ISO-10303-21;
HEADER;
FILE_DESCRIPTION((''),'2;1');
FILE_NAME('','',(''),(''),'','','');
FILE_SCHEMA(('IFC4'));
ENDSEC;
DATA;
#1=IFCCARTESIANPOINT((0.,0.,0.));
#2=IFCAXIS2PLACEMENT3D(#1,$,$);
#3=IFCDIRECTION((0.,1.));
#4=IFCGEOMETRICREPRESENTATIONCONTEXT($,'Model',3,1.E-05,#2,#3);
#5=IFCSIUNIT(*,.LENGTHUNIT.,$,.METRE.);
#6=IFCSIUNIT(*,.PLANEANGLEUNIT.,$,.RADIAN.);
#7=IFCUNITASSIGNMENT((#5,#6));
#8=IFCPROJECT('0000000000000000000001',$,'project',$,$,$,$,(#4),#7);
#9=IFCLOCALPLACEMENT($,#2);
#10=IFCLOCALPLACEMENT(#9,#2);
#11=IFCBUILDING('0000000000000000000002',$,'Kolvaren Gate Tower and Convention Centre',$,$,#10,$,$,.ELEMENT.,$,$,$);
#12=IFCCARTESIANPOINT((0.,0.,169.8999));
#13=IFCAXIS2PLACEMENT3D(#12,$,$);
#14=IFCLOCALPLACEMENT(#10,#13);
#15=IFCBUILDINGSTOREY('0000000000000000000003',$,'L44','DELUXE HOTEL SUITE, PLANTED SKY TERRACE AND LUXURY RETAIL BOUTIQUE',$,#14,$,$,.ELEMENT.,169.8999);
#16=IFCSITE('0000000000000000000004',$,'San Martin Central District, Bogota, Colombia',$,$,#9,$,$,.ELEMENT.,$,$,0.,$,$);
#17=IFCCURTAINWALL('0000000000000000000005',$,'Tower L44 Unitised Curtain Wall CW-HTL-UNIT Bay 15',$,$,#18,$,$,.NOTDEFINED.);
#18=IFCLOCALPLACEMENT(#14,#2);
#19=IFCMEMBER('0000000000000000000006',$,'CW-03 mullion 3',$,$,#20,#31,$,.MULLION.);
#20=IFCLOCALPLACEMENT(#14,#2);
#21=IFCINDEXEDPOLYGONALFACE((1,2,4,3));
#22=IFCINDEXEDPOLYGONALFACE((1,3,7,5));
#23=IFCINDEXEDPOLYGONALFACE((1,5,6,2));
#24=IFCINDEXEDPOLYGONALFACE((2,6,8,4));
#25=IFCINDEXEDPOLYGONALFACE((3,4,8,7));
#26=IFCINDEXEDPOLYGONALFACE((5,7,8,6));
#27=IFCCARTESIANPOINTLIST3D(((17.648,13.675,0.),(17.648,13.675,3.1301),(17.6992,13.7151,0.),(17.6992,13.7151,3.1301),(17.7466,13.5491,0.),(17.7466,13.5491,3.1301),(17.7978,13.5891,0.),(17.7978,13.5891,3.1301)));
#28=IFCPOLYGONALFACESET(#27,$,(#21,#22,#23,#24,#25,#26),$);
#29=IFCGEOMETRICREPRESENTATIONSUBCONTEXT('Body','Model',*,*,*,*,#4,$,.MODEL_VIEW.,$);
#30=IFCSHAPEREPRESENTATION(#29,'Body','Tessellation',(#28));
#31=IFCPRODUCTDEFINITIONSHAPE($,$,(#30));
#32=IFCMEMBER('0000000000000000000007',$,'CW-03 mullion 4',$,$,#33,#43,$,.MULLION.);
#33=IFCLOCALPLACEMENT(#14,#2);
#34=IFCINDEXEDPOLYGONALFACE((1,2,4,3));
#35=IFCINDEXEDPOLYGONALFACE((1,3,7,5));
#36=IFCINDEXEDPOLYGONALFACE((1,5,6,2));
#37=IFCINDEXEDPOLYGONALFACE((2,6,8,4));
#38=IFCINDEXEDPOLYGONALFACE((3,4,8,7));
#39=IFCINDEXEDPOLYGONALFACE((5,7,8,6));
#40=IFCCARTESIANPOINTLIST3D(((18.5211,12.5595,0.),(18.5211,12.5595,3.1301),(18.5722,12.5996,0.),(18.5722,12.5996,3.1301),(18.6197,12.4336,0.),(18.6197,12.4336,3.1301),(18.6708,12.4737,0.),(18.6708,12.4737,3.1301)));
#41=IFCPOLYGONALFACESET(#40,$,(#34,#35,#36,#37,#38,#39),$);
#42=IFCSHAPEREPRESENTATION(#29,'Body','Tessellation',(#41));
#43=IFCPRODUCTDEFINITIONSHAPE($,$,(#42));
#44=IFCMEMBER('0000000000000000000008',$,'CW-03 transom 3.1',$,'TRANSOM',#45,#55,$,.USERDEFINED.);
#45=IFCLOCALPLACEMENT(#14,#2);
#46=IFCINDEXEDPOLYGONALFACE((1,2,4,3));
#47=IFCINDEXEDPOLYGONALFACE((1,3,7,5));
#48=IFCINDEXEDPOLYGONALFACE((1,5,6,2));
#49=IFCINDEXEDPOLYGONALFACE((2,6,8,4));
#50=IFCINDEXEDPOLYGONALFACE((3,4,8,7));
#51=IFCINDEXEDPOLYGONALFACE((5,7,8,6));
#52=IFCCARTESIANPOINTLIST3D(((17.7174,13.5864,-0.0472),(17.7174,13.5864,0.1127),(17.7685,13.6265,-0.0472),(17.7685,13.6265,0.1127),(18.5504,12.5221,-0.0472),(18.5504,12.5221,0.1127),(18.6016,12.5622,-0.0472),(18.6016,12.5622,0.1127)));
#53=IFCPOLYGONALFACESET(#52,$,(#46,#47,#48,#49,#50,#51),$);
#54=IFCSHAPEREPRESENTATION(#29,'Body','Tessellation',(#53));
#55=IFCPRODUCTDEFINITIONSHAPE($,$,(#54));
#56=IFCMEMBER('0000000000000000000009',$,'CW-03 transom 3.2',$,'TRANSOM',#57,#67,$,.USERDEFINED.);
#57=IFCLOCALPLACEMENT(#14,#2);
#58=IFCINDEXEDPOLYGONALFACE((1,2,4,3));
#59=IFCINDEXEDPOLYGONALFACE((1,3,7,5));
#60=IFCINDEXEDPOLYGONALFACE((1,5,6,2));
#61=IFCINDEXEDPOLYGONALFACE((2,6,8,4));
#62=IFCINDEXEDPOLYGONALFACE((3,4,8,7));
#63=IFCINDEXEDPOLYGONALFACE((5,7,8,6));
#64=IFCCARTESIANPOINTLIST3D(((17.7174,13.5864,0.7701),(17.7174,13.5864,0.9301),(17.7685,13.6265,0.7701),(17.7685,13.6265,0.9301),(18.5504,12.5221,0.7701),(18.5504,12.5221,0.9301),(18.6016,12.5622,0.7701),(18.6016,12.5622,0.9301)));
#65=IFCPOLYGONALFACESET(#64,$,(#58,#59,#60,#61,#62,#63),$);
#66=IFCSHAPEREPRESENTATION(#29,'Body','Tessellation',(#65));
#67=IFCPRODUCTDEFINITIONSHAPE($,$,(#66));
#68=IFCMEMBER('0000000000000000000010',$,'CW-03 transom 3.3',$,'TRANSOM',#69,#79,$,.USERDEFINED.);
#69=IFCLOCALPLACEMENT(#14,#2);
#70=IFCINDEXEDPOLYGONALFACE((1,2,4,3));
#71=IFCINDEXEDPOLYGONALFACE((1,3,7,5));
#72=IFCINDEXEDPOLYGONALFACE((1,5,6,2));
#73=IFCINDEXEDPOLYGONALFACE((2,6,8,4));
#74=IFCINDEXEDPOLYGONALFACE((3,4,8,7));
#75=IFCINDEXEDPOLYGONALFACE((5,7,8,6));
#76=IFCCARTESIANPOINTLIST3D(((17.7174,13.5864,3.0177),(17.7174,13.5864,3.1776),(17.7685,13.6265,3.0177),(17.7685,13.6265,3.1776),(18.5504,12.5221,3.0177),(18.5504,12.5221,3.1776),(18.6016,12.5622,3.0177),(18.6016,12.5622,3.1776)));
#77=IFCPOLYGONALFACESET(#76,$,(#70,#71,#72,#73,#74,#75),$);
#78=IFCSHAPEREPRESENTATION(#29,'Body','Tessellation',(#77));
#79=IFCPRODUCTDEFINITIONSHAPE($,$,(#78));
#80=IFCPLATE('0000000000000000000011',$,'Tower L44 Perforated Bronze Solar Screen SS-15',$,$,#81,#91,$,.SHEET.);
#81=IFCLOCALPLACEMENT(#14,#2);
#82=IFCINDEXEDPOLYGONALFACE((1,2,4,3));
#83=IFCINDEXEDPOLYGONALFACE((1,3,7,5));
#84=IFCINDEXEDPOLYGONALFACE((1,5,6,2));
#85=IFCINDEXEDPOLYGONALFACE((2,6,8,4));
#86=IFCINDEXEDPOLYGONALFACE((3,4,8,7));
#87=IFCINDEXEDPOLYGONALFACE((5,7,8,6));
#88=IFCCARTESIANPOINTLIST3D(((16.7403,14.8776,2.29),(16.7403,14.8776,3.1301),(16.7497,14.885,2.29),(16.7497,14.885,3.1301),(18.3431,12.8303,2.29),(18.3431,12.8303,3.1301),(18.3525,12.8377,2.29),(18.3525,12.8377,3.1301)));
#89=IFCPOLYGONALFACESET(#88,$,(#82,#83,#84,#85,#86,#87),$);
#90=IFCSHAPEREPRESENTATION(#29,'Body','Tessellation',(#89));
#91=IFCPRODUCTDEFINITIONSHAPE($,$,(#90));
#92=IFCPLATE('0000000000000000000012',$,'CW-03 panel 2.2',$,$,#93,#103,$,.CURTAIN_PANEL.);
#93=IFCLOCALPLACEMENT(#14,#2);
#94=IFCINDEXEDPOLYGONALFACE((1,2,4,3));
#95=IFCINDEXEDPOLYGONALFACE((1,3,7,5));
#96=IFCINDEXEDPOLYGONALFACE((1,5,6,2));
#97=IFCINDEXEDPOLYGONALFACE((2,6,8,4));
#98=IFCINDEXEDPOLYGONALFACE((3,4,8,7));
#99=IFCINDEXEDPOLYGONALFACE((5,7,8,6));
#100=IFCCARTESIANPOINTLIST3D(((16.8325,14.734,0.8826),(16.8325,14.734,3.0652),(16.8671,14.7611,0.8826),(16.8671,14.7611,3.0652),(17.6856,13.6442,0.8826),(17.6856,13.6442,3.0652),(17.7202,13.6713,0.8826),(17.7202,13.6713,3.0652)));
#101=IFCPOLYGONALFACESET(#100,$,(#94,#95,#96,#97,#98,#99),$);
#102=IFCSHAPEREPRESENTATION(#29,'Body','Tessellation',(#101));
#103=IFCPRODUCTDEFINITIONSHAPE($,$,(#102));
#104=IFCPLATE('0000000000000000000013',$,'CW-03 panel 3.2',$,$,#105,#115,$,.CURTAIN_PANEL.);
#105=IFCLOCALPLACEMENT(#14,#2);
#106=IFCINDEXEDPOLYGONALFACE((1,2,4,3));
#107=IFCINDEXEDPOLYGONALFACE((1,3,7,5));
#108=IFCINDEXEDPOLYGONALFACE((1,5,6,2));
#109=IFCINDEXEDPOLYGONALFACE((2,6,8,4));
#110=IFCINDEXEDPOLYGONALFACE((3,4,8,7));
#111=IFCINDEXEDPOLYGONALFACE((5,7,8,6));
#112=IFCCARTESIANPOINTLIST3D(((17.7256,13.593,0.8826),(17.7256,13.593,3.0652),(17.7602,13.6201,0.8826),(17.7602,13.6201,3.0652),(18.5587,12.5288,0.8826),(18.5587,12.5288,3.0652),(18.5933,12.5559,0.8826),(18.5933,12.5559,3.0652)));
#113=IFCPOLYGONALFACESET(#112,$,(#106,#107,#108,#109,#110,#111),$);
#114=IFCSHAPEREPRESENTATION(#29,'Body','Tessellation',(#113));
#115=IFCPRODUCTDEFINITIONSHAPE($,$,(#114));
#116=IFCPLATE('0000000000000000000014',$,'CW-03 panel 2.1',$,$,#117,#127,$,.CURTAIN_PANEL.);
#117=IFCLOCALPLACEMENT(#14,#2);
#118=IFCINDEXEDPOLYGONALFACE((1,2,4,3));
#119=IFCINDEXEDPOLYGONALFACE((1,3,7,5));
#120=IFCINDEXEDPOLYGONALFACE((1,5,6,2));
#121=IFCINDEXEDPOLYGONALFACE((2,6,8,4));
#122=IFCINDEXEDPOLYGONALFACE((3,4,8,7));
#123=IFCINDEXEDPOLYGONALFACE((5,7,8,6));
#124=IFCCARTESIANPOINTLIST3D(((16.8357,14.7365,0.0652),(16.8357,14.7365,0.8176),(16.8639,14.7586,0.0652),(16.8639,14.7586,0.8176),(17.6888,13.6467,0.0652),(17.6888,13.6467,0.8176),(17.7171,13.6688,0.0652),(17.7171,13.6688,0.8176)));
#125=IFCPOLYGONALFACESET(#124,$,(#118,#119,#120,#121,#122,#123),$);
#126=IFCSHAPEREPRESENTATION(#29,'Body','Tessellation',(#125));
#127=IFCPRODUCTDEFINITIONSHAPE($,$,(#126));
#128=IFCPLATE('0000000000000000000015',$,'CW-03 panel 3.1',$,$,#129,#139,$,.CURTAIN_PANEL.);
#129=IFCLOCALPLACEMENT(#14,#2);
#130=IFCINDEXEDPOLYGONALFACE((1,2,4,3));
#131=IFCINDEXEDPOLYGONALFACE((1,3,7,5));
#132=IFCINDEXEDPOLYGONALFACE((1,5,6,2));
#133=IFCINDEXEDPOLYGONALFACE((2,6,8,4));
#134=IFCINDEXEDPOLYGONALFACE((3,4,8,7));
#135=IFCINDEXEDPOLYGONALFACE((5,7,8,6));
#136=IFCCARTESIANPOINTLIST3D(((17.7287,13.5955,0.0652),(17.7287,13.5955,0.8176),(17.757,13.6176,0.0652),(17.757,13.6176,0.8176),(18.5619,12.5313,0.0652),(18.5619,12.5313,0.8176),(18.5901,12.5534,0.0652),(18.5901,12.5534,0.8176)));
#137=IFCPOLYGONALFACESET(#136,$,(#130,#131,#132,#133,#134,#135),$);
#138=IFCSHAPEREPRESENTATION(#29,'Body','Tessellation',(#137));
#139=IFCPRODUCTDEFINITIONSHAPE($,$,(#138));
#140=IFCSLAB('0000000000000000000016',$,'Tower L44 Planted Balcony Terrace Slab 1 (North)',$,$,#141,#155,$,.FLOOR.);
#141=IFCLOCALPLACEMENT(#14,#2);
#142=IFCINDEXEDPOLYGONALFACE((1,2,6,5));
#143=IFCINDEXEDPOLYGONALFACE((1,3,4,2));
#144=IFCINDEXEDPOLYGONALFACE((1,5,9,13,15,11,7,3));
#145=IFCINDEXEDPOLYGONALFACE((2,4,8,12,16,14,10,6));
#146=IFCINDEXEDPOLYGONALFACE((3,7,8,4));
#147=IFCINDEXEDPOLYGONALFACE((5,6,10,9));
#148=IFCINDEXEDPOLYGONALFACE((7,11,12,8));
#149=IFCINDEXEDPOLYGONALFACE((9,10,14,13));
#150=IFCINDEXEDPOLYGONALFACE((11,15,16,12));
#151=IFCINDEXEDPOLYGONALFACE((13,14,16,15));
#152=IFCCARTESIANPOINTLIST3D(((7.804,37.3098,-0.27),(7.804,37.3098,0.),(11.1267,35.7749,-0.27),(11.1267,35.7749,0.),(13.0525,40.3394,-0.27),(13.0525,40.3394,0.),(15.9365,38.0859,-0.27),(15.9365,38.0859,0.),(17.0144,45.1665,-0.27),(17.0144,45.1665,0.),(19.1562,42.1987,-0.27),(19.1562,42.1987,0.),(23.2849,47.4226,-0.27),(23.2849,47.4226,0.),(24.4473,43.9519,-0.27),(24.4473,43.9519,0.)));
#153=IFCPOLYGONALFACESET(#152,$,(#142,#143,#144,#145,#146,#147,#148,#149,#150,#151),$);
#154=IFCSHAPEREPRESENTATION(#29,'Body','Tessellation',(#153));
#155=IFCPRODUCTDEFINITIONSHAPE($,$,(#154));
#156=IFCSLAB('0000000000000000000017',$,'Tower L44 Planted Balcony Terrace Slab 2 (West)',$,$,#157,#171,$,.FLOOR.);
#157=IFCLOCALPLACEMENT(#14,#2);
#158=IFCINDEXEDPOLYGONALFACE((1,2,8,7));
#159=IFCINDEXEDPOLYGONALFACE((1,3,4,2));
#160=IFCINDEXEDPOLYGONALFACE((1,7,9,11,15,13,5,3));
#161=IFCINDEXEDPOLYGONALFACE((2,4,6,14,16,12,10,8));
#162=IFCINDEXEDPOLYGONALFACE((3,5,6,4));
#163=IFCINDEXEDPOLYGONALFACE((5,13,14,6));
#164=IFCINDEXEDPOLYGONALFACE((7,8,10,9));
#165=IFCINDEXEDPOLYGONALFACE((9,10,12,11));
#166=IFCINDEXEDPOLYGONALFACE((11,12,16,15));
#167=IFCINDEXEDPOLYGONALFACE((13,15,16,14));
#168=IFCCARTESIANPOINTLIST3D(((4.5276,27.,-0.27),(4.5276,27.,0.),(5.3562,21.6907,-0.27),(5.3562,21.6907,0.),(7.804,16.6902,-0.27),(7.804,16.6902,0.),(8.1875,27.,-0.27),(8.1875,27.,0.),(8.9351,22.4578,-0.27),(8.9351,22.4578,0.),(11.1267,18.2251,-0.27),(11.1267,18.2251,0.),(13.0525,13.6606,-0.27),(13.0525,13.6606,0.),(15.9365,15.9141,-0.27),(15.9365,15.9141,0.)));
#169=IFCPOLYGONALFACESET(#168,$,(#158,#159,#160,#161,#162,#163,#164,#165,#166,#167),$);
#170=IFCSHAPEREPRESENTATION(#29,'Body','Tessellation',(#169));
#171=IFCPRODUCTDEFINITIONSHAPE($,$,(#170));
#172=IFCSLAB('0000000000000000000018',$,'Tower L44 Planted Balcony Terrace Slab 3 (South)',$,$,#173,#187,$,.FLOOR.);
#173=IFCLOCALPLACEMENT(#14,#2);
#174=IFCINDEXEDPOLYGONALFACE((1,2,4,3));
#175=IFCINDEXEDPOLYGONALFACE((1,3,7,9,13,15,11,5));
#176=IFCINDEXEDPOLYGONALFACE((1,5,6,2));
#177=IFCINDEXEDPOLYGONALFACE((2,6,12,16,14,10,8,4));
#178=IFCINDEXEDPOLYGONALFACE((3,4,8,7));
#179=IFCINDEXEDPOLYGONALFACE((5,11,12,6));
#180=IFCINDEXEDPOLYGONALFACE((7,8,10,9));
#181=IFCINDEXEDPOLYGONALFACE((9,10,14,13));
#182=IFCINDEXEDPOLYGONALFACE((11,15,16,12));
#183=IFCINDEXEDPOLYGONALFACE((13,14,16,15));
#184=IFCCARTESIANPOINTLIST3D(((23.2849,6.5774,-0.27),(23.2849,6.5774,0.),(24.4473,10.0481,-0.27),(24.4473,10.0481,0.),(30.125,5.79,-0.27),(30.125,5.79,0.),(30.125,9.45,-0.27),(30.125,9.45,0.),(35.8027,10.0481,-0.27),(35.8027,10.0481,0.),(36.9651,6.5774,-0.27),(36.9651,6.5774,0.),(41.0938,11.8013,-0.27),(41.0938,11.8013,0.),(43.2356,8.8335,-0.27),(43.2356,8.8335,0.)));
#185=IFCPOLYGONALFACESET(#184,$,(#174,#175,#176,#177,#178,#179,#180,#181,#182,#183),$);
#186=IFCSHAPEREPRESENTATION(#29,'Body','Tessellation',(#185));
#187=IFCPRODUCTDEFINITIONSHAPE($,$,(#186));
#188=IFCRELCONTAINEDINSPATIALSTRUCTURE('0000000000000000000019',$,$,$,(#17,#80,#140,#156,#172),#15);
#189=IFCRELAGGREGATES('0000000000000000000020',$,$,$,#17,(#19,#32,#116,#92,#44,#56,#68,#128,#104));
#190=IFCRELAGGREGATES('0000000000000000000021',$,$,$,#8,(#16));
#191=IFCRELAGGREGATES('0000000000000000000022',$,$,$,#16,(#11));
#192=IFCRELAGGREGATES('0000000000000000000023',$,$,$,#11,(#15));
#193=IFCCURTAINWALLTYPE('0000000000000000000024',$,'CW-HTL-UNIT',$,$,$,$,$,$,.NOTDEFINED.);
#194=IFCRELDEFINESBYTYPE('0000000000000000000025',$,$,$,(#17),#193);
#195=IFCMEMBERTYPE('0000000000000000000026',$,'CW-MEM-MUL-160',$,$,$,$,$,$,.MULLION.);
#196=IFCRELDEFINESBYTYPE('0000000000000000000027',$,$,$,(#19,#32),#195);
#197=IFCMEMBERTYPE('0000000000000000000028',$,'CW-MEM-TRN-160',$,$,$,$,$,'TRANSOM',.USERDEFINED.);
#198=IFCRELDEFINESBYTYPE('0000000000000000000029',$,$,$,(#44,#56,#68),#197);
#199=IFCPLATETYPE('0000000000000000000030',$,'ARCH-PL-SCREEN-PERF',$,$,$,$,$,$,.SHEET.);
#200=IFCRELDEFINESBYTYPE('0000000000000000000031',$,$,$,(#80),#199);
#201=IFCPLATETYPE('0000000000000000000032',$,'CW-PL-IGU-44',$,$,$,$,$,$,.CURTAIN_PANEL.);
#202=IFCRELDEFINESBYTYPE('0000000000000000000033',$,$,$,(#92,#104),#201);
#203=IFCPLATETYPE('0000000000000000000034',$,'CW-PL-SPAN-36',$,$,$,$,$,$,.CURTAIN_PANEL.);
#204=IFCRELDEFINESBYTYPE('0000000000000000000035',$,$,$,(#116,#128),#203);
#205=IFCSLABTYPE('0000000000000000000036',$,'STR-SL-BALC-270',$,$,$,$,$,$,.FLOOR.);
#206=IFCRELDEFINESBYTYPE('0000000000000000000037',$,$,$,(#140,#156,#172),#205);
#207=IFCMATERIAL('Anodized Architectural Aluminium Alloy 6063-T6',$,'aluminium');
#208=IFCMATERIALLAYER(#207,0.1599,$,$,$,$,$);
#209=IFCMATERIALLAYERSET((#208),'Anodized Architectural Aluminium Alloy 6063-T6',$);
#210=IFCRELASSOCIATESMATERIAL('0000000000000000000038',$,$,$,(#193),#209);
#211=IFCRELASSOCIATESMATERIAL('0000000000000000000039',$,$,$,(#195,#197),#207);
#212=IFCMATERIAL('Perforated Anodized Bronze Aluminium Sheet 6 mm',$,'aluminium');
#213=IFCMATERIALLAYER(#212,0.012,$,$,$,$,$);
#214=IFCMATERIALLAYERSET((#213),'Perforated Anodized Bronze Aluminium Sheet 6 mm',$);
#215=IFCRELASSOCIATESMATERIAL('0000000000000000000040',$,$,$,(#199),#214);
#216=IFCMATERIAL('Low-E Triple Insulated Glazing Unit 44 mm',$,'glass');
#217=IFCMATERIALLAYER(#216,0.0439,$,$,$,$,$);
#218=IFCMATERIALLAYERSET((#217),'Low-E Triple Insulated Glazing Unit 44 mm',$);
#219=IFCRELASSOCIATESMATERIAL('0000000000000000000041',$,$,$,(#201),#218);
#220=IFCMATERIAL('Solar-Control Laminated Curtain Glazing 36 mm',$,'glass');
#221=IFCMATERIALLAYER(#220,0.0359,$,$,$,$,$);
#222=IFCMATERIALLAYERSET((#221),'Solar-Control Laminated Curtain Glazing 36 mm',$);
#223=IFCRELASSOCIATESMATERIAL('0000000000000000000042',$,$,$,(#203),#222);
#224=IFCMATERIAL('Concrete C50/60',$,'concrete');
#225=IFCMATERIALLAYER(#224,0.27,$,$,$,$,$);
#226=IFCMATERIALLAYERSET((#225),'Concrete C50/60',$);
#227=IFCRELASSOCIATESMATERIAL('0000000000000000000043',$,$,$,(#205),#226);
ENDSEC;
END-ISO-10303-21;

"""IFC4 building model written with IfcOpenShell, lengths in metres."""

from ifc_helpers import new_model, si_unit, direction, frame, origin, origin_2d, place, context, subcontext, project, spatial, polyline, rectangle, outline, extrude, material, layer, layer_set, material_profile, profile_set, type_object, element, aggregate, save


model = new_model("IFC4")

# Units and contexts
model_context = context("Model", 3, precision=1e-05, world=origin(), true_north=direction((0.0, 1.0)))
body_context = subcontext(model_context, "Body", "Model", "MODEL_VIEW")
ifc_project = project(units=[si_unit("LENGTHUNIT", "METRE"), si_unit("PLANEANGLEUNIT", "RADIAN")], contexts=[model_context])

# Site, building, storey
site_placement = place(None, origin())
site = spatial("IfcSite", under=ifc_project, at=site_placement, Name="San Martin Central District, Bogota, Colombia", CompositionType="ELEMENT", RefElevation=0.0)
building_placement = place(site_placement, origin())
building = spatial("IfcBuilding", under=site, at=building_placement, Name="Kolvaren Gate Tower and Convention Centre", CompositionType="ELEMENT")
storey_placement = place(building_placement, frame((0.0, 0.0, 169.8999)))
storey = spatial("IfcBuildingStorey", under=building, at=storey_placement, Name="L44", Description="DELUXE HOTEL SUITE, PLANTED SKY TERRACE AND LUXURY RETAIL BOUTIQUE", CompositionType="ELEMENT", Elevation=169.8999)

# Curtain wall, members
ifc_material_1 = material(Name="Anodized Architectural Aluminium Alloy 6063-T6", Category="aluminium")
ifc_layer_1 = layer(ifc_material_1, 0.1599)
ifc_layer_set_1 = layer_set([ifc_layer_1], Name="Anodized Architectural Aluminium Alloy 6063-T6")
curtain_wall_type = type_object("IfcCurtainWallType", Name="CW-HTL-UNIT", PredefinedType="NOTDEFINED", material=ifc_layer_set_1)
curtain_wall_placement = place(storey_placement, origin())
curtain_wall = element("IfcCurtainWall", 1, at=curtain_wall_placement, inside=storey, type_object=curtain_wall_type, Name="Tower L44 Unitised Curtain Wall CW-HTL-UNIT Bay 15", PredefinedType="NOTDEFINED")
ifc_material_profile_1 = material_profile(ifc_material_1, rectangle(XDim=0.0649, YDim=0.1599, at=origin_2d()), Name="CW-MEM-MUL-160")
ifc_profile_set_1 = profile_set([ifc_material_profile_1], Name="Anodized Architectural Aluminium Alloy 6063-T6")
member_type_1 = type_object("IfcMemberType", Name="CW-MEM-MUL-160", PredefinedType="MULLION", material=ifc_profile_set_1)
member_1_placement = place(storey_placement, frame((17.7229, 13.6321, 0.0), z_axis=(0.0, 0.0, 1.0), x_axis=(0.787415, 0.616424, 0.0)))
member_1 = element("IfcMember", 2, at=member_1_placement, type_object=member_type_1, Name="CW-03 mullion 3", PredefinedType="MULLION", context=body_context, shape_type="SweptSolid", body=[
    extrude(rectangle(XDim=0.0649, YDim=0.1599, at=origin_2d()), origin(), (0.0, 0.0, 1.0), 3.1301),
])
member_2_placement = place(storey_placement, frame((18.5959, 12.5166, 0.0), z_axis=(0.0, 0.0, 1.0), x_axis=(0.787415, 0.616424, 0.0)))
member_2 = element("IfcMember", 3, at=member_2_placement, type_object=member_type_1, Name="CW-03 mullion 4", PredefinedType="MULLION", context=body_context, shape_type="SweptSolid", body=[
    extrude(rectangle(XDim=0.0649, YDim=0.1599, at=origin_2d()), origin(), (0.0, 0.0, 1.0), 3.1301),
])
ifc_material_profile_2 = material_profile(ifc_material_1, rectangle(XDim=0.0649, YDim=0.1599, at=origin_2d()), Name="CW-MEM-TRN-160")
ifc_profile_set_2 = profile_set([ifc_material_profile_2], Name="Anodized Architectural Aluminium Alloy 6063-T6")
member_type_2 = type_object("IfcMemberType", Name="CW-MEM-TRN-160", ElementType="TRANSOM", PredefinedType="USERDEFINED", material=ifc_profile_set_2)
member_3_placement = place(storey_placement, frame((17.7429, 13.6064, 0.0327), z_axis=(0.616376, -0.787452, 0.0), x_axis=(0.787452, 0.616376, 0.0)))
member_3 = element("IfcMember", 4, at=member_3_placement, type_object=member_type_2, Name="CW-03 transom 3.1", ObjectType="TRANSOM", PredefinedType="USERDEFINED", context=body_context, shape_type="SweptSolid", body=[
    extrude(rectangle(XDim=0.0649, YDim=0.1599, at=origin_2d()), origin(), (0.0, 0.0, 1.0), 1.3516),
])
member_4_placement = place(storey_placement, frame((17.7429, 13.6064, 0.8501), z_axis=(0.616376, -0.787452, 0.0), x_axis=(0.787452, 0.616376, 0.0)))
member_4 = element("IfcMember", 5, at=member_4_placement, type_object=member_type_2, Name="CW-03 transom 3.2", ObjectType="TRANSOM", PredefinedType="USERDEFINED", context=body_context, shape_type="SweptSolid", body=[
    extrude(rectangle(XDim=0.0649, YDim=0.1599, at=origin_2d()), origin(), (0.0, 0.0, 1.0), 1.3516),
])
member_5_placement = place(storey_placement, frame((17.7429, 13.6064, 3.0977), z_axis=(0.616376, -0.787452, 0.0), x_axis=(0.787452, 0.616376, 0.0)))
member_5 = element("IfcMember", 6, at=member_5_placement, type_object=member_type_2, Name="CW-03 transom 3.3", ObjectType="TRANSOM", PredefinedType="USERDEFINED", context=body_context, shape_type="SweptSolid", body=[
    extrude(rectangle(XDim=0.0649, YDim=0.1599, at=origin_2d()), origin(), (0.0, 0.0, 1.0), 1.3516),
])

# Plates
ifc_material_2 = material(Name="Perforated Anodized Bronze Aluminium Sheet 6 mm", Category="aluminium")
ifc_layer_2 = layer(ifc_material_2, 0.012)
ifc_layer_set_2 = layer_set([ifc_layer_2], Name="Perforated Anodized Bronze Aluminium Sheet 6 mm")
plate_type_1 = type_object("IfcPlateType", Name="ARCH-PL-SCREEN-PERF", PredefinedType="SHEET", material=ifc_layer_set_2)
plate_1_placement = place(storey_placement, frame((17.5464, 13.8577, 2.29), z_axis=(0.0, 0.0, 1.0), x_axis=(0.616434, -0.787406, 0.0)))
element("IfcPlate", 7, at=plate_1_placement, inside=storey, type_object=plate_type_1, Name="Tower L44 Perforated Bronze Solar Screen SS-15", PredefinedType="SHEET", context=body_context, shape_type="SweptSolid", body=[
    extrude(rectangle(XDim=2.6001, YDim=0.012, at=origin_2d()), origin(), (0.0, 0.0, 1.0), 0.8401),
])
ifc_material_3 = material(Name="Low-E Triple Insulated Glazing Unit 44 mm", Category="glass")
ifc_layer_3 = layer(ifc_material_3, 0.0439)
ifc_layer_set_3 = layer_set([ifc_layer_3], Name="Low-E Triple Insulated Glazing Unit 44 mm")
plate_type_2 = type_object("IfcPlateType", Name="CW-PL-IGU-44", PredefinedType="CURTAIN_PANEL", material=ifc_layer_set_3)
plate_2_placement = place(storey_placement, frame((17.2764, 14.2026, 0.8826), z_axis=(0.0, 0.0, 1.0), x_axis=(0.616424, -0.787415, 0.0)))
plate_2 = element("IfcPlate", 8, at=plate_2_placement, type_object=plate_type_2, Name="CW-03 panel 2.2", PredefinedType="CURTAIN_PANEL", context=body_context, shape_type="SweptSolid", body=[
    extrude(rectangle(XDim=1.384, YDim=0.0439, at=origin_2d()), origin(), (0.0, 0.0, 1.0), 2.1826),
])
plate_3_placement = place(storey_placement, frame((18.1594, 13.0745, 0.8826), z_axis=(0.0, 0.0, 1.0), x_axis=(0.616424, -0.787415, 0.0)))
plate_3 = element("IfcPlate", 9, at=plate_3_placement, type_object=plate_type_2, Name="CW-03 panel 3.2", PredefinedType="CURTAIN_PANEL", context=body_context, shape_type="SweptSolid", body=[
    extrude(rectangle(XDim=1.3516, YDim=0.0439, at=origin_2d()), origin(), (0.0, 0.0, 1.0), 2.1826),
])
ifc_material_4 = material(Name="Solar-Control Laminated Curtain Glazing 36 mm", Category="glass")
ifc_layer_4 = layer(ifc_material_4, 0.0359)
ifc_layer_set_4 = layer_set([ifc_layer_4], Name="Solar-Control Laminated Curtain Glazing 36 mm")
plate_type_3 = type_object("IfcPlateType", Name="CW-PL-SPAN-36", PredefinedType="CURTAIN_PANEL", material=ifc_layer_set_4)
plate_4_placement = place(storey_placement, frame((17.2764, 14.2026, 0.0652), z_axis=(0.0, 0.0, 1.0), x_axis=(0.616424, -0.787415, 0.0)))
plate_4 = element("IfcPlate", 10, at=plate_4_placement, type_object=plate_type_3, Name="CW-03 panel 2.1", PredefinedType="CURTAIN_PANEL", context=body_context, shape_type="SweptSolid", body=[
    extrude(rectangle(XDim=1.384, YDim=0.0359, at=origin_2d()), origin(), (0.0, 0.0, 1.0), 0.7524),
])
plate_5_placement = place(storey_placement, frame((18.1594, 13.0745, 0.0652), z_axis=(0.0, 0.0, 1.0), x_axis=(0.616424, -0.787415, 0.0)))
plate_5 = element("IfcPlate", 11, at=plate_5_placement, type_object=plate_type_3, Name="CW-03 panel 3.1", PredefinedType="CURTAIN_PANEL", context=body_context, shape_type="SweptSolid", body=[
    extrude(rectangle(XDim=1.3516, YDim=0.0359, at=origin_2d()), origin(), (0.0, 0.0, 1.0), 0.7524),
])
aggregate(curtain_wall, [member_1, member_2, plate_4, plate_2, member_3, member_4, member_5, plate_5, plate_3])

# Slabs
ifc_material_5 = material(Name="Concrete C50/60", Category="concrete")
ifc_layer_5 = layer(ifc_material_5, 0.27)
ifc_layer_set_5 = layer_set([ifc_layer_5], Name="Concrete C50/60")
slab_type_1 = type_object("IfcSlabType", Name="STR-SL-BALC-270", PredefinedType="FLOOR", material=ifc_layer_set_5)
slab_1_placement = place(storey_placement, frame((0.0, 0.0, -0.27)))
element("IfcSlab", 12, at=slab_1_placement, inside=storey, type_object=slab_type_1, Name="Tower L44 Planted Balcony Terrace Slab 1 (North)", PredefinedType="FLOOR", context=body_context, shape_type="SweptSolid", body=[
    extrude(outline(polyline([(24.4473, 43.9519), (19.1562, 42.1987), (15.9365, 38.0859), (11.1267, 35.7749), (7.804, 37.3098), (13.0525, 40.3394), (17.0144, 45.1665), (23.2849, 47.4226), (24.4473, 43.9519)])), origin(), (0.0, 0.0, 1.0), 0.27),
])
slab_2_placement = place(storey_placement, frame((0.0, 0.0, -0.27)))
element("IfcSlab", 13, at=slab_2_placement, inside=storey, type_object=slab_type_1, Name="Tower L44 Planted Balcony Terrace Slab 2 (West)", PredefinedType="FLOOR", context=body_context, shape_type="SweptSolid", body=[
    extrude(outline(polyline([(8.1875, 27.0), (8.9351, 22.4578), (11.1267, 18.2251), (15.9365, 15.9141), (13.0525, 13.6606), (7.804, 16.6902), (5.3562, 21.6907), (4.5276, 27.0), (8.1875, 27.0)])), origin(), (0.0, 0.0, 1.0), 0.27),
])
slab_3_placement = place(storey_placement, frame((0.0, 0.0, -0.27)))
element("IfcSlab", 14, at=slab_3_placement, inside=storey, type_object=slab_type_1, Name="Tower L44 Planted Balcony Terrace Slab 3 (South)", PredefinedType="FLOOR", context=body_context, shape_type="SweptSolid", body=[
    extrude(outline(polyline([(24.4473, 10.0481), (30.125, 9.45), (35.8027, 10.0481), (41.0938, 11.8013), (43.2356, 8.8335), (36.9651, 6.5774), (30.125, 5.79), (23.2849, 6.5774), (24.4473, 10.0481)])), origin(), (0.0, 0.0, 1.0), 0.27),
])

save(model, "model.ifc")
